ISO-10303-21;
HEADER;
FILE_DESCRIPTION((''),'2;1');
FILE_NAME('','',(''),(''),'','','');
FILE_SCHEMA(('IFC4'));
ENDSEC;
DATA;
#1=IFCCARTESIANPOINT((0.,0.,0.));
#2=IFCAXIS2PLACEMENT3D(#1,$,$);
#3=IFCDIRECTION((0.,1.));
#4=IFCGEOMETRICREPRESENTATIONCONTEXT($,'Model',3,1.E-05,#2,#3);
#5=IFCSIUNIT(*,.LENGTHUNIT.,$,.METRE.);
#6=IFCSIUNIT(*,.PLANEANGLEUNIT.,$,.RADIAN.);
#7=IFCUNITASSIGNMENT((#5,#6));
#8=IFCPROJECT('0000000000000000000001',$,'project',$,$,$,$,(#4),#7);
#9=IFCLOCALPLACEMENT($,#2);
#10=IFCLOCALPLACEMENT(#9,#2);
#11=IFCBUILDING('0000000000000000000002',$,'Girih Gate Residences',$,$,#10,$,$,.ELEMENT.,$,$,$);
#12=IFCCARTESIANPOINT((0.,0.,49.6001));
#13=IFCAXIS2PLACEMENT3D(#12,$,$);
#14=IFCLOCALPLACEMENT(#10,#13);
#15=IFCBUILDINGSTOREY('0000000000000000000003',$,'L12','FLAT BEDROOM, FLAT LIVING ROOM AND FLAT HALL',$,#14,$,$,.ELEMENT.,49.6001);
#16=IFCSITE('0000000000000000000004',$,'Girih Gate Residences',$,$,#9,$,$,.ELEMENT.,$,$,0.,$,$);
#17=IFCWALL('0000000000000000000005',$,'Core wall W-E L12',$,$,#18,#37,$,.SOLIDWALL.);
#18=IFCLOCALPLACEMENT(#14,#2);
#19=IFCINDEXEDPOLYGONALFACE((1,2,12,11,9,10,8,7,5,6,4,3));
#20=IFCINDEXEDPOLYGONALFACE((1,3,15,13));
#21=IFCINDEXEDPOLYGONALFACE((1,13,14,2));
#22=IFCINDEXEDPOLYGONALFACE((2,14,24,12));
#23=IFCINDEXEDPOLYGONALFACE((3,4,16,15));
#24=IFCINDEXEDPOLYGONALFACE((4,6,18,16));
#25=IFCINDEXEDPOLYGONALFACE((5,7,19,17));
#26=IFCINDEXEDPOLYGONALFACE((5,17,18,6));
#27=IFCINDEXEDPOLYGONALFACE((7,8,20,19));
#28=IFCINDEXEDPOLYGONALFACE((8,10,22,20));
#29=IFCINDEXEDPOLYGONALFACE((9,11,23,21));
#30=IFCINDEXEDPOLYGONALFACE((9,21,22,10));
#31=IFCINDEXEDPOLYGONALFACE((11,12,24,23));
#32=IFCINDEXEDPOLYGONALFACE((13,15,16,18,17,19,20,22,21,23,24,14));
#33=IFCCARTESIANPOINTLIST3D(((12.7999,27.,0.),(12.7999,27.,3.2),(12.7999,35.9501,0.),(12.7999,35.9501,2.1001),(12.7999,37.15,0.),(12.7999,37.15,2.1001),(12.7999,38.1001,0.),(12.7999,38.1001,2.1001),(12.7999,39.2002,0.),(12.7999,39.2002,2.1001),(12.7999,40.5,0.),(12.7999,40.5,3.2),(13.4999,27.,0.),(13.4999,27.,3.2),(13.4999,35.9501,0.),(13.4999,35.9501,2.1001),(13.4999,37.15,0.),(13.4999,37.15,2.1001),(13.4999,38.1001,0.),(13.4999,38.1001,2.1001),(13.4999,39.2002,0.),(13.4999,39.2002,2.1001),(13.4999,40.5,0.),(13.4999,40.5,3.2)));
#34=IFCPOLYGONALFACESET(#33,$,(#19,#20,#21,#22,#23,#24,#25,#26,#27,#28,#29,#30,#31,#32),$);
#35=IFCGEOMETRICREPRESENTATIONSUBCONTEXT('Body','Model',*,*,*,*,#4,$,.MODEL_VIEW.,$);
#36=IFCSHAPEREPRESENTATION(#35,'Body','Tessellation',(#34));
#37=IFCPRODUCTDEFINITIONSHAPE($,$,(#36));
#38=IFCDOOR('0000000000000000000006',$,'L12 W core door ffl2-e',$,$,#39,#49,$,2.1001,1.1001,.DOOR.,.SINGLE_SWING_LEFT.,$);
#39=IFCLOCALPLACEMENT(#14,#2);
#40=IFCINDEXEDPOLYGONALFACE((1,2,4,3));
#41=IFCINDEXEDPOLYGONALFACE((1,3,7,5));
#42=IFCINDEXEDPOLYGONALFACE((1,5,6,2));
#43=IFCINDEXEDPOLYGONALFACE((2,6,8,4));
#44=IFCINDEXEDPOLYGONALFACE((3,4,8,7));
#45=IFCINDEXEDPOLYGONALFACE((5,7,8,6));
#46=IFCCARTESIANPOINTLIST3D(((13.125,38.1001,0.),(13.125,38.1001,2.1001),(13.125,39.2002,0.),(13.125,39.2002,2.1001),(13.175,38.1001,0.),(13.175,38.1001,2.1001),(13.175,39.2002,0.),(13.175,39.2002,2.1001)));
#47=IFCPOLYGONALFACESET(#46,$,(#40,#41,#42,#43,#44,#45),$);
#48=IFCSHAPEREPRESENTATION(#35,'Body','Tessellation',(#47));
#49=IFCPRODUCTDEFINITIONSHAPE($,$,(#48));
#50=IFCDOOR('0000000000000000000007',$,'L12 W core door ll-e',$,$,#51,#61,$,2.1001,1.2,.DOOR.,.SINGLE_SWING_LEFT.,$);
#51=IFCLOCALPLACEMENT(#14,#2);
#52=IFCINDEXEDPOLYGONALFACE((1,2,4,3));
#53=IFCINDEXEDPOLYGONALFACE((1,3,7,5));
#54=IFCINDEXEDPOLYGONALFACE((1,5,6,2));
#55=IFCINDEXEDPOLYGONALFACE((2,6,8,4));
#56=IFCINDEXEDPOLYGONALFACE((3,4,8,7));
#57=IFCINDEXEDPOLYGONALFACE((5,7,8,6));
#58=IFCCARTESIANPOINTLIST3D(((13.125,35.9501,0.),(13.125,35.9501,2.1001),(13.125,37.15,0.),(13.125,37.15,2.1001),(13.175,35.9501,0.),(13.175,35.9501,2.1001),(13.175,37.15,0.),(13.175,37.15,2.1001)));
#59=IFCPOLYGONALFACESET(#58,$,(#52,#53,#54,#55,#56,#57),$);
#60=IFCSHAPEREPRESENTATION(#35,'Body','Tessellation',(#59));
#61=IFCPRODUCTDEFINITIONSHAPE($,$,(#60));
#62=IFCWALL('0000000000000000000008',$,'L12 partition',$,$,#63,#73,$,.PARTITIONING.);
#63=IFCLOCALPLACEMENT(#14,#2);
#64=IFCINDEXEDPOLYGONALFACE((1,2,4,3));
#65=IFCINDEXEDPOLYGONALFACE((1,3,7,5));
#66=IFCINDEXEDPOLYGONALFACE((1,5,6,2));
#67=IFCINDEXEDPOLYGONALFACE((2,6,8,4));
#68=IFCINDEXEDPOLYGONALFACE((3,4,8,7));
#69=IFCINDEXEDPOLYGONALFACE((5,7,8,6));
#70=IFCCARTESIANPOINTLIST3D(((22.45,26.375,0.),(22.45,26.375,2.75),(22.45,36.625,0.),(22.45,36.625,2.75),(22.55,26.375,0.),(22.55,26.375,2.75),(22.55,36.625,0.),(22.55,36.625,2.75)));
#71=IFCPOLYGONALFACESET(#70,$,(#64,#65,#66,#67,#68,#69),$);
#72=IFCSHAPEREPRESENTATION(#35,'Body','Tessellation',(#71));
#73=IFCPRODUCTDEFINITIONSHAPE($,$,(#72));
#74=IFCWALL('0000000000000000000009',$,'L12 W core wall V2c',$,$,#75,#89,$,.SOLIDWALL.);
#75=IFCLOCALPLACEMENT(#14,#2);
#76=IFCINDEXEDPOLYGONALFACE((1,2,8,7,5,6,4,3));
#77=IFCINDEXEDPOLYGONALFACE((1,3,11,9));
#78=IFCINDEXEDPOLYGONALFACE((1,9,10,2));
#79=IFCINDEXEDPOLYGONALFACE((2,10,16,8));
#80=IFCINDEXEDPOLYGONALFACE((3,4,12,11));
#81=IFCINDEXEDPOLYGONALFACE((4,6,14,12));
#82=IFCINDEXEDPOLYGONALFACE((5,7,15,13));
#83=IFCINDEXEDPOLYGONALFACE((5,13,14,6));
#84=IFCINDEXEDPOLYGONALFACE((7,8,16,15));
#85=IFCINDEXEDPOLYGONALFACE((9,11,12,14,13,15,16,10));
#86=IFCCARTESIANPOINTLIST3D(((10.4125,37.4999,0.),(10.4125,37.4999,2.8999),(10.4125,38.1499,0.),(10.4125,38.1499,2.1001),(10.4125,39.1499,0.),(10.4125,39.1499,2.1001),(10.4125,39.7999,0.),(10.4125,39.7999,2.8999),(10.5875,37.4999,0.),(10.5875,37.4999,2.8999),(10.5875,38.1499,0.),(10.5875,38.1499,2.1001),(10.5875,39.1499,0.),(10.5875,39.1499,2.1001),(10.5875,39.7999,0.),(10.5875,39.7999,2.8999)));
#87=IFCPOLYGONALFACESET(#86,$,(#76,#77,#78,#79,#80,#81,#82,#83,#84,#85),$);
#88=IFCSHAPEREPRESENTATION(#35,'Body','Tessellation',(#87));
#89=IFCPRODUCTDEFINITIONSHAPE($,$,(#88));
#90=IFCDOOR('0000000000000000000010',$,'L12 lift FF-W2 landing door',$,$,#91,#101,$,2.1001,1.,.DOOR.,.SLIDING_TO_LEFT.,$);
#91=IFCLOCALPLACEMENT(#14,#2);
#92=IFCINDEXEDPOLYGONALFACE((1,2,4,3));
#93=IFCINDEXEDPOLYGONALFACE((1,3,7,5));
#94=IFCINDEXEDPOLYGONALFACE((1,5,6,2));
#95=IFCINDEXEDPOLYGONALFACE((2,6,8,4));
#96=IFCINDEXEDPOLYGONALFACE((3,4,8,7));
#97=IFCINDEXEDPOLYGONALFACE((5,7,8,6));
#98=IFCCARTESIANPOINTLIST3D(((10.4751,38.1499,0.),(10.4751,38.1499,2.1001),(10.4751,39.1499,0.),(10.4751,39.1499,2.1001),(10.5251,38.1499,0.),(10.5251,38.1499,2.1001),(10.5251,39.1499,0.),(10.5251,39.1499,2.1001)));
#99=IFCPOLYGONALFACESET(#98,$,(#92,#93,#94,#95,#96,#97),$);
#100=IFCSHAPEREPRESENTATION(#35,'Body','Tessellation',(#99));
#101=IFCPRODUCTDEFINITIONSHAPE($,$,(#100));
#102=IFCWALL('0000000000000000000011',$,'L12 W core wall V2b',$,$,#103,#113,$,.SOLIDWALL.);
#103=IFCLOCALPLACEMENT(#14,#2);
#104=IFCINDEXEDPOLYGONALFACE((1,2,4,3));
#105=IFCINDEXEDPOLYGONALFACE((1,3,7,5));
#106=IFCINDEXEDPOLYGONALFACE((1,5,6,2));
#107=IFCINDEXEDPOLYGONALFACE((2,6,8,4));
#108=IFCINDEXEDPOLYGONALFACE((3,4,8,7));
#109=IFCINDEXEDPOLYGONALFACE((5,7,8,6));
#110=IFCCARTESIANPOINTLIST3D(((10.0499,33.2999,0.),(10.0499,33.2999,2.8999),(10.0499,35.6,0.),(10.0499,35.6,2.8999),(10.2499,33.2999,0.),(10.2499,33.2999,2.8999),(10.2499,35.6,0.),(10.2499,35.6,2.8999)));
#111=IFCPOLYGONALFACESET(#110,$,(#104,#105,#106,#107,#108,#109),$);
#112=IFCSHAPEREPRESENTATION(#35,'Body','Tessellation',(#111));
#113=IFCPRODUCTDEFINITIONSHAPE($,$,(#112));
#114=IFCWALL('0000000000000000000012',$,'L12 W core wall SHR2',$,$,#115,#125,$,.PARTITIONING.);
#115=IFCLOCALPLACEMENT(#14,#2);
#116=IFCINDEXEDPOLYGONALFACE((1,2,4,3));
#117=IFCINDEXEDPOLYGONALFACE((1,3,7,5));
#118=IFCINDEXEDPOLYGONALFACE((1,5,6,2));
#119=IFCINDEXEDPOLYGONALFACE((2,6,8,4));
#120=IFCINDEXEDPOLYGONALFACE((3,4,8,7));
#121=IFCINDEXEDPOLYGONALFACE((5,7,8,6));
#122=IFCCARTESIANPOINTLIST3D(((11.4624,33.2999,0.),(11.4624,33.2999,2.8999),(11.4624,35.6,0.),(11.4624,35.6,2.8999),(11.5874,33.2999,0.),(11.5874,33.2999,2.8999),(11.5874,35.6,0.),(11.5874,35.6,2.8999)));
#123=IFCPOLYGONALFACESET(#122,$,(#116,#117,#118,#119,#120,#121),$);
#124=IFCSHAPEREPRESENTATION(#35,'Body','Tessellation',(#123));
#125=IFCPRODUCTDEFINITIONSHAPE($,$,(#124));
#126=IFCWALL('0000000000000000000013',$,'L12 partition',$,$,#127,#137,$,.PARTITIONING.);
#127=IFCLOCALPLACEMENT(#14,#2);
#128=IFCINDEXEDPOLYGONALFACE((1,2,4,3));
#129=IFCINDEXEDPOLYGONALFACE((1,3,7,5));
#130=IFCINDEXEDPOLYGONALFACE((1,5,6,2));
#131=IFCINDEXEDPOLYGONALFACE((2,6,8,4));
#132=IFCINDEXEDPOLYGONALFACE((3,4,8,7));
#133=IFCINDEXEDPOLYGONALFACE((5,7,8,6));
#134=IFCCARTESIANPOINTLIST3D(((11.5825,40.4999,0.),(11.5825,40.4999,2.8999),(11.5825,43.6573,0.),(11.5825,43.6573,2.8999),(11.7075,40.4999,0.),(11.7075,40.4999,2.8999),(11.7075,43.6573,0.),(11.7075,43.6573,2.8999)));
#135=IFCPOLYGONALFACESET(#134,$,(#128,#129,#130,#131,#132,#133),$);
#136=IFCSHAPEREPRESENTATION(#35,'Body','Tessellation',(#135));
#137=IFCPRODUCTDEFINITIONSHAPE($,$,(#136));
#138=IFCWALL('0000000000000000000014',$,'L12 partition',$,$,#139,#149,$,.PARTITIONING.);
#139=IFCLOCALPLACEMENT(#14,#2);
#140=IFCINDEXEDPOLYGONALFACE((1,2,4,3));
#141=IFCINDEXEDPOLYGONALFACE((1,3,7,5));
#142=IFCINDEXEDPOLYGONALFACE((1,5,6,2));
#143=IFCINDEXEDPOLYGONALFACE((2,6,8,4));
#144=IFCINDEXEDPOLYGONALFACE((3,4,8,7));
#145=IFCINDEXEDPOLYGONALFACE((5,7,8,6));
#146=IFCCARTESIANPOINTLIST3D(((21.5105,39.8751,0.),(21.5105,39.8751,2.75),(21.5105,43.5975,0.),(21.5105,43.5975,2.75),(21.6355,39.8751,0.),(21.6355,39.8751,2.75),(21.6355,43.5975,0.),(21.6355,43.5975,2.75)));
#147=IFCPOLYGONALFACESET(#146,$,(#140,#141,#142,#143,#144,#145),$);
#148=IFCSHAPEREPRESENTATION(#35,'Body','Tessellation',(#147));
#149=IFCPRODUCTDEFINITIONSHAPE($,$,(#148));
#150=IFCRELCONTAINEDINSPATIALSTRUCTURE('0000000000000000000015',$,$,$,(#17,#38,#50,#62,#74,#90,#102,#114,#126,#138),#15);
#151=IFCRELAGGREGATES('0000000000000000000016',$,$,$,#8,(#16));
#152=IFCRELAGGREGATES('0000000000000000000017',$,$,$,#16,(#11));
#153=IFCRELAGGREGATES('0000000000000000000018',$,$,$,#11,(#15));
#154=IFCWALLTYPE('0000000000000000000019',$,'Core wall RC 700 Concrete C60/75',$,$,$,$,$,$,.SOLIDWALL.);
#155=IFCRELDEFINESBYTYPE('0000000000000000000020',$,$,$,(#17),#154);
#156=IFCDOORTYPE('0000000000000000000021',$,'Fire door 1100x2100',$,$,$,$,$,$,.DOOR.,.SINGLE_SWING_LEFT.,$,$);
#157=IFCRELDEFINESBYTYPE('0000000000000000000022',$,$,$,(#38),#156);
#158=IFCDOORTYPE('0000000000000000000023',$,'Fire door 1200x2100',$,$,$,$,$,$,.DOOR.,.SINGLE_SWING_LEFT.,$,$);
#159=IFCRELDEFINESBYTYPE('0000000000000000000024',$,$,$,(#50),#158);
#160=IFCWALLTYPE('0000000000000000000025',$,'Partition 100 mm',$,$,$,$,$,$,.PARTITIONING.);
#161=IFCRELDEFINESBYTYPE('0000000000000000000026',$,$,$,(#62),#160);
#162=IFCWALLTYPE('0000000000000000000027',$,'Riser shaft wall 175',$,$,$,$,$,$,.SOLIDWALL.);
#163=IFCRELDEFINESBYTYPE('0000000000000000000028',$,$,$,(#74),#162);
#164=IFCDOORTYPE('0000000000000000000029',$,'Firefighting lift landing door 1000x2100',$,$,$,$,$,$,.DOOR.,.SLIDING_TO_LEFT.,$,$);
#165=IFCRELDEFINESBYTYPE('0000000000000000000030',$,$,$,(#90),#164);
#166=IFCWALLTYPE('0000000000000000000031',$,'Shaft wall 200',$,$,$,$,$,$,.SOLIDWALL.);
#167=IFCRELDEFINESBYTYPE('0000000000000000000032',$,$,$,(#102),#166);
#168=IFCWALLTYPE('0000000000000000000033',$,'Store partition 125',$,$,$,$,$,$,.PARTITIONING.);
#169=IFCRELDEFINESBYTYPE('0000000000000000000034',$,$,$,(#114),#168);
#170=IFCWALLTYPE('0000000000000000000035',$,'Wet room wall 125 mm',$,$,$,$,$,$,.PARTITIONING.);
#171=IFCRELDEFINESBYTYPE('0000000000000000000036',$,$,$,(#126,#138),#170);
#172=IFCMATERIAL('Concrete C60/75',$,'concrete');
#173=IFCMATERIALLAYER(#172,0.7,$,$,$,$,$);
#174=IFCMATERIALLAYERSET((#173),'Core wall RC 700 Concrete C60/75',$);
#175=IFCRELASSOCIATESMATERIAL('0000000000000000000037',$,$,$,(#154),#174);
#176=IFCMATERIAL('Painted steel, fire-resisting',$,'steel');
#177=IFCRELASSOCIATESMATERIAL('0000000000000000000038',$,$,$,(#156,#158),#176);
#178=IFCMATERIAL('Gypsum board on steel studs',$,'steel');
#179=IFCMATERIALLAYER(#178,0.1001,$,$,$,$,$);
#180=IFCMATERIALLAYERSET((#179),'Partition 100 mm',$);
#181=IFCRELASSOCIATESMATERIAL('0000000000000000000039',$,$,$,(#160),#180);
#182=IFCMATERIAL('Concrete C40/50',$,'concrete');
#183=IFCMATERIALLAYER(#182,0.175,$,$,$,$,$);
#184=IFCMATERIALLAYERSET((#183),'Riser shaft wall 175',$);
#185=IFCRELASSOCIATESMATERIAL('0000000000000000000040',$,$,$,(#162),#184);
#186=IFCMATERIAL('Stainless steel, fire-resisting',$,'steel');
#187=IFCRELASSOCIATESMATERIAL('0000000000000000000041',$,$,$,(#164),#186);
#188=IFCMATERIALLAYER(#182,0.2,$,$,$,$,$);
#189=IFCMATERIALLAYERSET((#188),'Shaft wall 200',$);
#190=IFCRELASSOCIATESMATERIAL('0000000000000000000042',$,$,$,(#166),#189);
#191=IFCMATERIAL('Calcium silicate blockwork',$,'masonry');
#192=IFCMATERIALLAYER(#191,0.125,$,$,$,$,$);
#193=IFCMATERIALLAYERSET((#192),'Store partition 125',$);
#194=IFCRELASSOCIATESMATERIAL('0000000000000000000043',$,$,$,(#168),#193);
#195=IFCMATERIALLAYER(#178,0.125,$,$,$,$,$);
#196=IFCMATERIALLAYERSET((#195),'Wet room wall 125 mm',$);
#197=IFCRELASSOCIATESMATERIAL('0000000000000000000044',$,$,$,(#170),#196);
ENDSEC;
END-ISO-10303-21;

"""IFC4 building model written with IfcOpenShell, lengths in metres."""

from ifc_helpers import new_model, si_unit, direction, frame, frame_2d, origin, place, context, subcontext, project, spatial, rectangle, extrude, material, layer, layer_set, type_object, element, fill, save


model = new_model("IFC4")

# Units and contexts
model_context = context("Model", 3, precision=1e-05, world=origin(), true_north=direction((0.0, 1.0)))
body_context = subcontext(model_context, "Body", "Model", "MODEL_VIEW")
ifc_project = project(units=[si_unit("LENGTHUNIT", "METRE"), si_unit("PLANEANGLEUNIT", "RADIAN")], contexts=[model_context])

# Site, building, storey
site_placement = place(None, origin())
site = spatial("IfcSite", under=ifc_project, at=site_placement, Name="Girih Gate Residences", CompositionType="ELEMENT", RefElevation=0.0)
building_placement = place(site_placement, origin())
building = spatial("IfcBuilding", under=site, at=building_placement, Name="Girih Gate Residences", CompositionType="ELEMENT")
storey_placement = place(building_placement, frame((0.0, 0.0, 49.6001)))
storey = spatial("IfcBuildingStorey", under=building, at=storey_placement, Name="L12", Description="FLAT BEDROOM, FLAT LIVING ROOM AND FLAT HALL", CompositionType="ELEMENT", Elevation=49.6001)

# Shared definitions
ifc_material_1 = material(Name="Concrete C60/75", Category="concrete")

# Shared definitions
ifc_material_2 = material(Name="Gypsum board on steel studs", Category="steel")

# Wall, openings, doors
ifc_layer_1 = layer(ifc_material_1, 0.7)
ifc_layer_set_1 = layer_set([ifc_layer_1], Name="Core wall RC 700 Concrete C60/75")
wall_type_1 = type_object("IfcWallType", Name="Core wall RC 700 Concrete C60/75", PredefinedType="SOLIDWALL", material=ifc_layer_set_1)
wall_1_placement = place(storey_placement, frame((13.1499, 27.0, 0.0), z_axis=(0.0, 0.0, 1.0), x_axis=(0.0, 1.0, 0.0)))
wall_1 = element("IfcWall", 1, at=wall_1_placement, inside=storey, type_object=wall_type_1, Name="Core wall W-E L12", PredefinedType="SOLIDWALL", context=body_context, shape_type="SweptSolid", body=[
    extrude(rectangle(XDim=13.5, YDim=0.7, at=frame_2d((6.75, 0.0))), origin(), (0.0, 0.0, 1.0), 3.2),
])
opening_1_placement = place(wall_1_placement, frame((11.1001, 0.0, 0.0)))
opening_1 = element("IfcOpeningElement", 2, at=opening_1_placement, cuts=wall_1, PredefinedType="OPENING", context=body_context, shape_type="SweptSolid", body=[
    extrude(rectangle(XDim=1.1001, YDim=2.1001, at=frame_2d((0.55, 1.05))), frame((0.0, 0.3599, 0.0), z_axis=(0.0, -1.0, 0.0), x_axis=(1.0, 0.0, 0.0)), (0.0, 0.0, 1.0), 0.72),
])
opening_2_placement = place(wall_1_placement, frame((8.95, 0.0, 0.0)))
opening_2 = element("IfcOpeningElement", 3, at=opening_2_placement, cuts=wall_1, PredefinedType="OPENING", context=body_context, shape_type="SweptSolid", body=[
    extrude(rectangle(XDim=1.2, YDim=2.1001, at=frame_2d((0.6001, 1.05))), frame((0.0, 0.3599, 0.0), z_axis=(0.0, -1.0, 0.0), x_axis=(1.0, 0.0, 0.0)), (0.0, 0.0, 1.0), 0.72),
])
ifc_material_3 = material(Name="Painted steel, fire-resisting", Category="steel")
door_type_1 = type_object("IfcDoorType", Name="Fire door 1100x2100", OperationType="SINGLE_SWING_LEFT", PredefinedType="DOOR", material=ifc_material_3)
door_1_placement = place(opening_1_placement, origin())
door_1 = element("IfcDoor", 4, at=door_1_placement, inside=storey, type_object=door_type_1, Name="L12 W core door ffl2-e", OperationType="SINGLE_SWING_LEFT", OverallHeight=2.1001, OverallWidth=1.1001, PredefinedType="DOOR", context=body_context, shape_type="SweptSolid", body=[
    extrude(rectangle(XDim=1.1001, YDim=2.1001, at=frame_2d((0.55, 1.05))), frame((0.0, 0.0249, 0.0), z_axis=(0.0, -1.0, 0.0), x_axis=(1.0, 0.0, 0.0)), (0.0, 0.0, 1.0), 0.05),
])
fill(opening_1, door_1)
door_type_2 = type_object("IfcDoorType", Name="Fire door 1200x2100", OperationType="SINGLE_SWING_LEFT", PredefinedType="DOOR", material=ifc_material_3)
door_2_placement = place(opening_2_placement, origin())
door_2 = element("IfcDoor", 5, at=door_2_placement, inside=storey, type_object=door_type_2, Name="L12 W core door ll-e", OperationType="SINGLE_SWING_LEFT", OverallHeight=2.1001, OverallWidth=1.2, PredefinedType="DOOR", context=body_context, shape_type="SweptSolid", body=[
    extrude(rectangle(XDim=1.2, YDim=2.1001, at=frame_2d((0.6001, 1.05))), frame((0.0, 0.0249, 0.0), z_axis=(0.0, -1.0, 0.0), x_axis=(1.0, 0.0, 0.0)), (0.0, 0.0, 1.0), 0.05),
])
fill(opening_2, door_2)

# Wall
ifc_layer_2 = layer(ifc_material_2, 0.1001)
ifc_layer_set_2 = layer_set([ifc_layer_2], Name="Partition 100 mm")
wall_type_2 = type_object("IfcWallType", Name="Partition 100 mm", PredefinedType="PARTITIONING", material=ifc_layer_set_2)
wall_2_placement = place(storey_placement, frame((22.5, 26.375, 0.0), z_axis=(0.0, 0.0, 1.0), x_axis=(0.0, 1.0, 0.0)))
element("IfcWall", 6, at=wall_2_placement, inside=storey, type_object=wall_type_2, Name="L12 partition", PredefinedType="PARTITIONING", context=body_context, shape_type="SweptSolid", body=[
    extrude(rectangle(XDim=10.25, YDim=0.1001, at=frame_2d((5.125, 0.0))), origin(), (0.0, 0.0, 1.0), 2.75),
])

# Wall, opening, door
ifc_material_4 = material(Name="Concrete C40/50", Category="concrete")
ifc_layer_3 = layer(ifc_material_4, 0.175)
ifc_layer_set_3 = layer_set([ifc_layer_3], Name="Riser shaft wall 175")
wall_type_3 = type_object("IfcWallType", Name="Riser shaft wall 175", PredefinedType="SOLIDWALL", material=ifc_layer_set_3)
wall_3_placement = place(storey_placement, frame((10.5, 37.5, 0.0), z_axis=(0.0, 0.0, 1.0), x_axis=(0.0, 1.0, 0.0)))
wall_3 = element("IfcWall", 7, at=wall_3_placement, inside=storey, type_object=wall_type_3, Name="L12 W core wall V2c", PredefinedType="SOLIDWALL", context=body_context, shape_type="SweptSolid", body=[
    extrude(rectangle(XDim=2.3, YDim=0.175, at=frame_2d((1.1499, 0.0))), origin(), (0.0, 0.0, 1.0), 2.8999),
])
opening_3_placement = place(wall_3_placement, frame((0.6499, 0.0, 0.0)))
opening_3 = element("IfcOpeningElement", 8, at=opening_3_placement, cuts=wall_3, PredefinedType="OPENING", context=body_context, shape_type="SweptSolid", body=[
    extrude(rectangle(XDim=1.0, YDim=2.1001, at=frame_2d((0.5, 1.05))), frame((0.0, 0.0974, 0.0), z_axis=(0.0, -1.0, 0.0), x_axis=(1.0, 0.0, 0.0)), (0.0, 0.0, 1.0), 0.1951),
])
ifc_material_5 = material(Name="Stainless steel, fire-resisting", Category="steel")
door_type_3 = type_object("IfcDoorType", Name="Firefighting lift landing door 1000x2100", OperationType="SLIDING_TO_LEFT", PredefinedType="DOOR", material=ifc_material_5)
door_3_placement = place(opening_3_placement, origin())
door_3 = element("IfcDoor", 9, at=door_3_placement, inside=storey, type_object=door_type_3, Name="L12 lift FF-W2 landing door", OperationType="SLIDING_TO_LEFT", OverallHeight=2.1001, OverallWidth=1.0, PredefinedType="DOOR", context=body_context, shape_type="SweptSolid", body=[
    extrude(rectangle(XDim=1.0, YDim=2.1001, at=frame_2d((0.5, 1.05))), frame((0.0, 0.0249, 0.0), z_axis=(0.0, -1.0, 0.0), x_axis=(1.0, 0.0, 0.0)), (0.0, 0.0, 1.0), 0.05),
])
fill(opening_3, door_3)

# Walls
ifc_layer_4 = layer(ifc_material_4, 0.2)
ifc_layer_set_4 = layer_set([ifc_layer_4], Name="Shaft wall 200")
wall_type_4 = type_object("IfcWallType", Name="Shaft wall 200", PredefinedType="SOLIDWALL", material=ifc_layer_set_4)
wall_4_placement = place(storey_placement, frame((10.1499, 33.3, 0.0), z_axis=(0.0, 0.0, 1.0), x_axis=(0.0, 1.0, 0.0)))
element("IfcWall", 10, at=wall_4_placement, inside=storey, type_object=wall_type_4, Name="L12 W core wall V2b", PredefinedType="SOLIDWALL", context=body_context, shape_type="SweptSolid", body=[
    extrude(rectangle(XDim=2.3, YDim=0.2, at=frame_2d((1.1499, 0.0))), origin(), (0.0, 0.0, 1.0), 2.8999),
])
ifc_material_6 = material(Name="Calcium silicate blockwork", Category="masonry")
ifc_layer_5 = layer(ifc_material_6, 0.125)
ifc_layer_set_5 = layer_set([ifc_layer_5], Name="Store partition 125")
wall_type_5 = type_object("IfcWallType", Name="Store partition 125", PredefinedType="PARTITIONING", material=ifc_layer_set_5)
wall_5_placement = place(storey_placement, frame((11.5249, 33.3, 0.0), z_axis=(0.0, 0.0, 1.0), x_axis=(0.0, 1.0, 0.0)))
element("IfcWall", 11, at=wall_5_placement, inside=storey, type_object=wall_type_5, Name="L12 W core wall SHR2", PredefinedType="PARTITIONING", context=body_context, shape_type="SweptSolid", body=[
    extrude(rectangle(XDim=2.3, YDim=0.125, at=frame_2d((1.1499, 0.0))), origin(), (0.0, 0.0, 1.0), 2.8999),
])
ifc_layer_6 = layer(ifc_material_2, 0.125)
ifc_layer_set_6 = layer_set([ifc_layer_6], Name="Wet room wall 125 mm")
wall_type_6 = type_object("IfcWallType", Name="Wet room wall 125 mm", PredefinedType="PARTITIONING", material=ifc_layer_set_6)
wall_6_placement = place(storey_placement, frame((11.645, 40.5, 0.0), z_axis=(0.0, 0.0, 1.0), x_axis=(0.0, 1.0, 0.0)))
element("IfcWall", 12, at=wall_6_placement, inside=storey, type_object=wall_type_6, Name="L12 partition", PredefinedType="PARTITIONING", context=body_context, shape_type="SweptSolid", body=[
    extrude(rectangle(XDim=3.1575, YDim=0.125, at=frame_2d((1.5786, 0.0))), origin(), (0.0, 0.0, 1.0), 2.8999),
])
wall_7_placement = place(storey_placement, frame((21.573, 39.875, 0.0), z_axis=(0.0, 0.0, 1.0), x_axis=(0.0, 1.0, 0.0)))
element("IfcWall", 13, at=wall_7_placement, inside=storey, type_object=wall_type_6, Name="L12 partition", PredefinedType="PARTITIONING", context=body_context, shape_type="SweptSolid", body=[
    extrude(rectangle(XDim=3.7224, YDim=0.125, at=frame_2d((1.8613, 0.0))), origin(), (0.0, 0.0, 1.0), 2.75),
])

save(model, "model.ifc")
